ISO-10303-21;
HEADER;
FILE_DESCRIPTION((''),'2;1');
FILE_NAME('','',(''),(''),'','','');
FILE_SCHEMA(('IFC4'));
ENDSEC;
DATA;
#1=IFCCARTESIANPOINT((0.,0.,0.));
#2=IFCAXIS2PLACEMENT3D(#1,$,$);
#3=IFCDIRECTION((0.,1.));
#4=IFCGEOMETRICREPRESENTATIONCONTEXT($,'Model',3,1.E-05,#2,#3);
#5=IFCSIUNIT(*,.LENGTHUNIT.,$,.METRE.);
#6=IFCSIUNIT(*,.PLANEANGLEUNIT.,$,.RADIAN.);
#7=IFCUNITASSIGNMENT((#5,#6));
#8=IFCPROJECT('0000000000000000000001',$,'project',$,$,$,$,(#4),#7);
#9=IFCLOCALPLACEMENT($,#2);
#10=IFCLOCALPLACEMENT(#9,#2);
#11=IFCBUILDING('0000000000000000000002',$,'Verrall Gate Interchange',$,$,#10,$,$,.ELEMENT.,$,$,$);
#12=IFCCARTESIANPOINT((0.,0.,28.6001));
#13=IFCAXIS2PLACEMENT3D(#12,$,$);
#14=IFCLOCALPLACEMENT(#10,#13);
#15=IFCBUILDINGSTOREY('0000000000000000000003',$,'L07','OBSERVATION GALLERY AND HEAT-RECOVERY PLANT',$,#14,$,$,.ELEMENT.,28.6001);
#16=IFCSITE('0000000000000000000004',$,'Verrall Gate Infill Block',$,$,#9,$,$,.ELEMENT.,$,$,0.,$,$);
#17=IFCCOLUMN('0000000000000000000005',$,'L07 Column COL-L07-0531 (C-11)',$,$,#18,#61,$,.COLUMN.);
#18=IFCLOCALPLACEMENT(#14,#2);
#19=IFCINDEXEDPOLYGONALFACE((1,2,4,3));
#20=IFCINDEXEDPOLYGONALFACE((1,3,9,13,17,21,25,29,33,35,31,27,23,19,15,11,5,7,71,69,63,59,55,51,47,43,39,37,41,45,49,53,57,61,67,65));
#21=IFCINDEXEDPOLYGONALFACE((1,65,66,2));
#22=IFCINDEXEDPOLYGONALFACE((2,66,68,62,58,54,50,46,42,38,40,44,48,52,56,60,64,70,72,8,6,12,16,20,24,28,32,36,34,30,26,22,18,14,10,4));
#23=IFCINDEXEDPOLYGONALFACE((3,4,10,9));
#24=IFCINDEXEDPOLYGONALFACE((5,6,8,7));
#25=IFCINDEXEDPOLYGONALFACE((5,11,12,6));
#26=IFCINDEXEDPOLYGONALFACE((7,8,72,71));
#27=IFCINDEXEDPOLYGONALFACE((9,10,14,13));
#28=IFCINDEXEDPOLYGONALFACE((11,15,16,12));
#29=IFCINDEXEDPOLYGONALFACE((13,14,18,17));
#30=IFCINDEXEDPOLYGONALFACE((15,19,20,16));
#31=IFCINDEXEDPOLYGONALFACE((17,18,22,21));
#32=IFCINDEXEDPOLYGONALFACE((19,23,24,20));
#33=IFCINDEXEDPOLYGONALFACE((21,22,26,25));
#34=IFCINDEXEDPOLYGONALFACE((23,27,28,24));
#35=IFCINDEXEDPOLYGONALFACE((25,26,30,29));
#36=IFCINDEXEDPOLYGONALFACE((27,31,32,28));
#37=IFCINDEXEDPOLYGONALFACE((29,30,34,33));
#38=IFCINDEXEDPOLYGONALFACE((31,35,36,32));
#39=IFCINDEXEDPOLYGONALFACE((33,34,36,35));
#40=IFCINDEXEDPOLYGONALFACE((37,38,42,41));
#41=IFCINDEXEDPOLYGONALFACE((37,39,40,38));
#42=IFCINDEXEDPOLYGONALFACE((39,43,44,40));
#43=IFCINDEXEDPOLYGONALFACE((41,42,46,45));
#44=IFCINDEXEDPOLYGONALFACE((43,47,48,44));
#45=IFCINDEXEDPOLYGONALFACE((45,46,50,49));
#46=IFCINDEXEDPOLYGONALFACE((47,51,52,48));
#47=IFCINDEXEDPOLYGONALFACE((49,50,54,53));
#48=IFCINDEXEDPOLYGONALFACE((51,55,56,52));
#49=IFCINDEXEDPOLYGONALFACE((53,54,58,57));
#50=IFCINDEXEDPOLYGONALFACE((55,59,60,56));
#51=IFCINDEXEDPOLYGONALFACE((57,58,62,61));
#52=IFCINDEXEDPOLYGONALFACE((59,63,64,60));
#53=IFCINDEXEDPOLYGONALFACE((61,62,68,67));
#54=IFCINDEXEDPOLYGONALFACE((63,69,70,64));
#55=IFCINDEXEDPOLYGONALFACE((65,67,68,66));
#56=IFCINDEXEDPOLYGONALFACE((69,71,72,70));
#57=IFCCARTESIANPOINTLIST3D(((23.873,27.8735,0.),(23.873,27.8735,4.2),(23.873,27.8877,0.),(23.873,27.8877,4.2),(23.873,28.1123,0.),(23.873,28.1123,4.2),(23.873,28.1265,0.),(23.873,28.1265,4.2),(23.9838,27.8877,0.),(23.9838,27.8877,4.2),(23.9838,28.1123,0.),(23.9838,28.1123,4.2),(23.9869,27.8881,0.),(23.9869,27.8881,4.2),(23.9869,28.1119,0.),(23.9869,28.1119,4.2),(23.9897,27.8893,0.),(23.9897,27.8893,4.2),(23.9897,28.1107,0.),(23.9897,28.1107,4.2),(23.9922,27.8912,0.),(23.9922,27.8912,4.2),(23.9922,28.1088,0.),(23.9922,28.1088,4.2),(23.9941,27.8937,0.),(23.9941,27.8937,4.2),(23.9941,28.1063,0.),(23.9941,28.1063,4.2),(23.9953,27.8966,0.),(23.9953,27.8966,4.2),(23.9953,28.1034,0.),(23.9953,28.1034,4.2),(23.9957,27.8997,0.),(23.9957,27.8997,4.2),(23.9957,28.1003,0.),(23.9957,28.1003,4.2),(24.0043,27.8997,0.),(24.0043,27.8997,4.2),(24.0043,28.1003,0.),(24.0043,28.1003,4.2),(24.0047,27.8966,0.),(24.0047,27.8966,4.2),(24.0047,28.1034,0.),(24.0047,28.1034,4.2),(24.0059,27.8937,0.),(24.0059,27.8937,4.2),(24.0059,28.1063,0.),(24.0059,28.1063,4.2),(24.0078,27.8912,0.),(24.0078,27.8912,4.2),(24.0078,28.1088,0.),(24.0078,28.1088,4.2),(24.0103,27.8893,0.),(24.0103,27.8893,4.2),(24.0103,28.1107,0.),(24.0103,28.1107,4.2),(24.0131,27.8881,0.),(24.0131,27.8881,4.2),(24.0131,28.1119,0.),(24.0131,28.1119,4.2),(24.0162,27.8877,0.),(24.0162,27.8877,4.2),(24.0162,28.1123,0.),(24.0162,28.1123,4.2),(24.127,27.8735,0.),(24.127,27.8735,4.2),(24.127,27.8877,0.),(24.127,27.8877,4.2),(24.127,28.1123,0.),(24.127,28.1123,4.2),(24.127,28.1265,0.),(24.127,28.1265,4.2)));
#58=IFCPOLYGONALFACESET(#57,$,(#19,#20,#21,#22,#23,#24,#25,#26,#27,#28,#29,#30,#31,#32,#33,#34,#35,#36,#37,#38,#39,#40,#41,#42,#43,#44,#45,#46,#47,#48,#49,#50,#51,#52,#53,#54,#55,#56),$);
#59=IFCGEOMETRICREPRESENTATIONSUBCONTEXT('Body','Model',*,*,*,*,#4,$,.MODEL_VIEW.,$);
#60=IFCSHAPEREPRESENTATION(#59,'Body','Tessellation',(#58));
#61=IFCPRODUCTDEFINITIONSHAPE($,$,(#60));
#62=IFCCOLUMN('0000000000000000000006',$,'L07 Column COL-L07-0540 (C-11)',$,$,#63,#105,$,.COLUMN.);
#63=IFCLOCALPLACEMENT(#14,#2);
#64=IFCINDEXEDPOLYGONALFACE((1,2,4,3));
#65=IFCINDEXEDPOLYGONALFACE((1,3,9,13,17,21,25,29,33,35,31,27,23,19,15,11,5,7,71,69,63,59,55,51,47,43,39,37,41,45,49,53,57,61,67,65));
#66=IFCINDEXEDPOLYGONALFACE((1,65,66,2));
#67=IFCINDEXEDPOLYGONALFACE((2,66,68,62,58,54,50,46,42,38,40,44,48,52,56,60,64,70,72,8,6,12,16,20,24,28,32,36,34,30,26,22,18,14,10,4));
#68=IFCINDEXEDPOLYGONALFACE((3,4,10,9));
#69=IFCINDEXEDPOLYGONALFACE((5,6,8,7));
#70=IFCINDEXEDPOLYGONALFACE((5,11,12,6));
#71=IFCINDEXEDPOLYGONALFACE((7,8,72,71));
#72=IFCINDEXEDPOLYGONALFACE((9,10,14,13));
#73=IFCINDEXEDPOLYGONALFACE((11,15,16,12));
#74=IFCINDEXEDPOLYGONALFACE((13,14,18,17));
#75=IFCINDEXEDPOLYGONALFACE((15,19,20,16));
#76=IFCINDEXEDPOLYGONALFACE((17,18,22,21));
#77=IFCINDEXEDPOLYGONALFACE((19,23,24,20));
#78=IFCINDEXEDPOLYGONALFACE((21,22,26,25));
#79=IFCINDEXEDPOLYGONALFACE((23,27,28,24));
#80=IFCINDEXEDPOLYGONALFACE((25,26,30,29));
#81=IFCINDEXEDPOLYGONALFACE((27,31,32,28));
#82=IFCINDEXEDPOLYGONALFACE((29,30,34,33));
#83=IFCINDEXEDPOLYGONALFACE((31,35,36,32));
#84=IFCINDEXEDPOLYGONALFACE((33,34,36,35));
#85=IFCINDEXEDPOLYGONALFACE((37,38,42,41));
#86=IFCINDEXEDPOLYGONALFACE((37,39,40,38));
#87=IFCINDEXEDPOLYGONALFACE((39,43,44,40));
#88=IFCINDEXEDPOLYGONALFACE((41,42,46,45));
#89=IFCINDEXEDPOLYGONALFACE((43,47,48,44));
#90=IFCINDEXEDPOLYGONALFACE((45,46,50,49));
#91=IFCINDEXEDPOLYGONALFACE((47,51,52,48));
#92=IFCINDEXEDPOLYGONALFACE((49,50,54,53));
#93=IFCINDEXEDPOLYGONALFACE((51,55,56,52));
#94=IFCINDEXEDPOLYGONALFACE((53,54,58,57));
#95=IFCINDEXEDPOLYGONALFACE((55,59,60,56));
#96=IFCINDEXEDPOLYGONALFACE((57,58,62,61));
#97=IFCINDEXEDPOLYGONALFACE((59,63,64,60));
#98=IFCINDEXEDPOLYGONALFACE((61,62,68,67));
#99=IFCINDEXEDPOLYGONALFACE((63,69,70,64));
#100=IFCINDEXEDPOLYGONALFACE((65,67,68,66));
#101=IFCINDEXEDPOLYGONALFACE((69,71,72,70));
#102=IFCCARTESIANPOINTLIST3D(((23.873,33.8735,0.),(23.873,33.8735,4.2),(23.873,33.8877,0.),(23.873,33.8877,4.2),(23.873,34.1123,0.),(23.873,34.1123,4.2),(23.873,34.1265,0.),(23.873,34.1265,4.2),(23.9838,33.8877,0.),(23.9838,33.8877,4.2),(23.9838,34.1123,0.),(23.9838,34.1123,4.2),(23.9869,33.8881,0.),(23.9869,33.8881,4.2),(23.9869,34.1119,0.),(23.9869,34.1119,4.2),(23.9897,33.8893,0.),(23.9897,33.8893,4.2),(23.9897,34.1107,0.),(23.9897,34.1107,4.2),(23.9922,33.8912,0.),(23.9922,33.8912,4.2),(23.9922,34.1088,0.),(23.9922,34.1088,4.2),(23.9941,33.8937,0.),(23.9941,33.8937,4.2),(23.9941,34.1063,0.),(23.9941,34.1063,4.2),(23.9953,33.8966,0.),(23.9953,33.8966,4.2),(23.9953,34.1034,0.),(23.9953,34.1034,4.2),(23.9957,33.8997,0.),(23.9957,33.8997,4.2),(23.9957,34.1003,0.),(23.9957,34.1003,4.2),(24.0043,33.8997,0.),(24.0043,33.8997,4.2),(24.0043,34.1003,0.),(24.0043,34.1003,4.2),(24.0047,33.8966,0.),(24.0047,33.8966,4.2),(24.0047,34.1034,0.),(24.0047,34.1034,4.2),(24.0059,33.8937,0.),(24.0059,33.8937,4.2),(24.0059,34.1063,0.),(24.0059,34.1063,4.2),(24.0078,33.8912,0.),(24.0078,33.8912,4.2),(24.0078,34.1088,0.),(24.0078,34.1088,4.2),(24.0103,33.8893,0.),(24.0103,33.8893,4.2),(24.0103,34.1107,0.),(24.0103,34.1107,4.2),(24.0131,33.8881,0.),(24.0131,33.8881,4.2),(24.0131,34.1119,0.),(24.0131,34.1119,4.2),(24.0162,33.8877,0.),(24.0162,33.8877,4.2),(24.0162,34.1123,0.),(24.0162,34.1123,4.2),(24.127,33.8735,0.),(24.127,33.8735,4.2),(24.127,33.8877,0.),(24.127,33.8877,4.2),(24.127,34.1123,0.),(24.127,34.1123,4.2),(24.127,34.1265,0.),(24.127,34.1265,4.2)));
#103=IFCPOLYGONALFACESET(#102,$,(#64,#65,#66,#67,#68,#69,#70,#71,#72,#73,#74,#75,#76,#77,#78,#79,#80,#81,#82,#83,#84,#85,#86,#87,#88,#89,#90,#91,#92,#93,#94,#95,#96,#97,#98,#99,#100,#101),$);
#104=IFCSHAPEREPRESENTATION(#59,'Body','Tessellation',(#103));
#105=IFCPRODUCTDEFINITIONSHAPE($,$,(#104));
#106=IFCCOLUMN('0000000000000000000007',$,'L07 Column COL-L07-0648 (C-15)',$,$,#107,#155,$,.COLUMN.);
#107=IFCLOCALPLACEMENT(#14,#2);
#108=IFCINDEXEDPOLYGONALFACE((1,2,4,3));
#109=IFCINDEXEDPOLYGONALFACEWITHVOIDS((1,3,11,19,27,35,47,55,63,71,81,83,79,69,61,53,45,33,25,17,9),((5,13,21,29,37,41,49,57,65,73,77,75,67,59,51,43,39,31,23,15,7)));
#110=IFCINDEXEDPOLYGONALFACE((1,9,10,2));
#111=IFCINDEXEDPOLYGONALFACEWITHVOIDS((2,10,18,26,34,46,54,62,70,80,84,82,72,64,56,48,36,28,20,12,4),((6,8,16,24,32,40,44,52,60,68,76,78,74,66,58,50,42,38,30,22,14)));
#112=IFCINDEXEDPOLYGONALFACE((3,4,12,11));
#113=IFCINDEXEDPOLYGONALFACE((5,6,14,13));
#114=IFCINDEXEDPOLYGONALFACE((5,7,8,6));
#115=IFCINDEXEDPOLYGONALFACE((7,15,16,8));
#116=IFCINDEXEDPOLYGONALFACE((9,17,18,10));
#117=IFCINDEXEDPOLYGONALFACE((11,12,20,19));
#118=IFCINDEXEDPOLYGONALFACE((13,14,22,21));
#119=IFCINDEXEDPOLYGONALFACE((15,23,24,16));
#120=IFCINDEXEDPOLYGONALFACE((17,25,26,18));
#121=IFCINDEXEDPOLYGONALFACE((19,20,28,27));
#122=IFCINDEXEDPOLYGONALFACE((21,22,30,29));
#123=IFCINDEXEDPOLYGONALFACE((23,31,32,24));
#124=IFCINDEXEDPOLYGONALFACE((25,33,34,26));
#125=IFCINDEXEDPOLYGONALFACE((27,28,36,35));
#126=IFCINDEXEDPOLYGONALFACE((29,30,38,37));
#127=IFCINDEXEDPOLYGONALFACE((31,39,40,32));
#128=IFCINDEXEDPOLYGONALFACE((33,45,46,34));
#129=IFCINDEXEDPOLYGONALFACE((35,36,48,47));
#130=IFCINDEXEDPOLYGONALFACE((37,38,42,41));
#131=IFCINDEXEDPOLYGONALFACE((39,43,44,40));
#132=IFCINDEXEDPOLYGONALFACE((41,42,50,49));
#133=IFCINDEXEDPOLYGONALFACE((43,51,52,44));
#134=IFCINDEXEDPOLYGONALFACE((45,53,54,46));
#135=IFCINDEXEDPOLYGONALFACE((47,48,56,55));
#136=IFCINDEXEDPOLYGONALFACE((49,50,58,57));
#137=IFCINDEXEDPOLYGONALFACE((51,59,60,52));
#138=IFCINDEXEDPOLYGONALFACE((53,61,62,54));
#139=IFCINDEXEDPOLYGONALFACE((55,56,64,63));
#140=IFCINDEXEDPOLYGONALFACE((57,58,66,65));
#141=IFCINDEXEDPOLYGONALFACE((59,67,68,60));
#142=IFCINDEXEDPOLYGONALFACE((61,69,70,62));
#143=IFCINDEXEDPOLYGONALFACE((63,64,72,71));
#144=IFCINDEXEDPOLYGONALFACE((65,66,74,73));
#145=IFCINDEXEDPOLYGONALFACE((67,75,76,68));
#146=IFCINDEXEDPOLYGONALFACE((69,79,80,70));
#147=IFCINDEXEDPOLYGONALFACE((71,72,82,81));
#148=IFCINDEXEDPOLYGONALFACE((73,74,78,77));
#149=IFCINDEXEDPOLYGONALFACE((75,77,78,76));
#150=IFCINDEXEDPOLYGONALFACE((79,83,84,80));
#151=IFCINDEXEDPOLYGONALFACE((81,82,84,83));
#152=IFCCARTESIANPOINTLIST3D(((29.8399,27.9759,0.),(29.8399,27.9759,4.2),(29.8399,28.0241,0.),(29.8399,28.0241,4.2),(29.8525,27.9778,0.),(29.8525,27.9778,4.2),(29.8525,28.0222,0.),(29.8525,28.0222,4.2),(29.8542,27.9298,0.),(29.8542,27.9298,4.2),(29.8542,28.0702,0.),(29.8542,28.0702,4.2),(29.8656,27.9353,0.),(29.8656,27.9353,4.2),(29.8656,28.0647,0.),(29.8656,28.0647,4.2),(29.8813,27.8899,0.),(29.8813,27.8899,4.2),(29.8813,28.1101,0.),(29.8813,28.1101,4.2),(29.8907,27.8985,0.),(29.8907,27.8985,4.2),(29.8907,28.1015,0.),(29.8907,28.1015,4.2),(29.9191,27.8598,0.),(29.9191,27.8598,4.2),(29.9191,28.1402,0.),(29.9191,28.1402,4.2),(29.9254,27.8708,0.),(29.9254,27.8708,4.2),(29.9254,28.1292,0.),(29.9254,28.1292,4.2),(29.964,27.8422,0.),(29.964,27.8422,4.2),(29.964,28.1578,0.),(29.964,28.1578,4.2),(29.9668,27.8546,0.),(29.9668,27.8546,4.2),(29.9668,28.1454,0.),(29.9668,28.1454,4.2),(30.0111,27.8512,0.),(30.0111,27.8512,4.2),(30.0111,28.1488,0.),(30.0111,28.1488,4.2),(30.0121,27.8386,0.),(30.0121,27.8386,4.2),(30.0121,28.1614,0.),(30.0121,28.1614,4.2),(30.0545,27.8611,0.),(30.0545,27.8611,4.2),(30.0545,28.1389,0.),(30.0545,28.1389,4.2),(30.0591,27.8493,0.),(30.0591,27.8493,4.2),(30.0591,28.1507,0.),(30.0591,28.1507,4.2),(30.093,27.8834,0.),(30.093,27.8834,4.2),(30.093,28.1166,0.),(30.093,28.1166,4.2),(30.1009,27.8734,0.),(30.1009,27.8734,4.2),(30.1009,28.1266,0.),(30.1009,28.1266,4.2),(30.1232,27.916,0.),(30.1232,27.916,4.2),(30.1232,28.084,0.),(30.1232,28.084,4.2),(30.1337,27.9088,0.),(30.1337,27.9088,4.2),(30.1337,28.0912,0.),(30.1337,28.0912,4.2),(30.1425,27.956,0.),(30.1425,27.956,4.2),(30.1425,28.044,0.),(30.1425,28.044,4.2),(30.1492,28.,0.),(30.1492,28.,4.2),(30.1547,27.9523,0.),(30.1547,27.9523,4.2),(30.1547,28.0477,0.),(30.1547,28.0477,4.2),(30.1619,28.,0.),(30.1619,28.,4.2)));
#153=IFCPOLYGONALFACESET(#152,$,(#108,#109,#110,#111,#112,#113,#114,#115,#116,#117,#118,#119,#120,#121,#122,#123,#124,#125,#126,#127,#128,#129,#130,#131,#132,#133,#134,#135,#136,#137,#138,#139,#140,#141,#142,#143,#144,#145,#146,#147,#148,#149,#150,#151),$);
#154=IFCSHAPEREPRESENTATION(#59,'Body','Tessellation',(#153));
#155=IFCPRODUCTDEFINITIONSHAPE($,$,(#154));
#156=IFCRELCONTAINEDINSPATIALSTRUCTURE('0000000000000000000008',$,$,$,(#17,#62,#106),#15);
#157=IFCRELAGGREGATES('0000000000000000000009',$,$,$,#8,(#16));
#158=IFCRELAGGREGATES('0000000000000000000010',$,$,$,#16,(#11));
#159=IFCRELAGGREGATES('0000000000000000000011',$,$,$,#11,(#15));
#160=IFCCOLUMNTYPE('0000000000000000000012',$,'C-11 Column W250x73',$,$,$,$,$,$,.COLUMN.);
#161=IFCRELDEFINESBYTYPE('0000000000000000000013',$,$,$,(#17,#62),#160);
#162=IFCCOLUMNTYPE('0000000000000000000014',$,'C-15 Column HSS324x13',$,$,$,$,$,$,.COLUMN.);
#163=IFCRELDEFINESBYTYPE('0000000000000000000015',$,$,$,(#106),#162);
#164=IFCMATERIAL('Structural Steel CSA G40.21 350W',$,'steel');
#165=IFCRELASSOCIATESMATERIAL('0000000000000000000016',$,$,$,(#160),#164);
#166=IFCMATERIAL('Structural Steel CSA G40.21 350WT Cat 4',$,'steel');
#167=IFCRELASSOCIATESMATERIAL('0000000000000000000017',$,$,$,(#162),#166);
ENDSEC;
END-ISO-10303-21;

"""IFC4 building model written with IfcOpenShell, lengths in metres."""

from ifc_helpers import new_model, si_unit, direction, frame, origin, origin_2d, place, context, subcontext, project, spatial, hollow_circle, i_section, extrude, material, material_profile, profile_set, type_object, element, save


model = new_model("IFC4")

# Units and contexts
model_context = context("Model", 3, precision=1e-05, world=origin(), true_north=direction((0.0, 1.0)))
body_context = subcontext(model_context, "Body", "Model", "MODEL_VIEW")
ifc_project = project(units=[si_unit("LENGTHUNIT", "METRE"), si_unit("PLANEANGLEUNIT", "RADIAN")], contexts=[model_context])

# Site, building, storey
site_placement = place(None, origin())
site = spatial("IfcSite", under=ifc_project, at=site_placement, Name="Verrall Gate Infill Block", CompositionType="ELEMENT", RefElevation=0.0)
building_placement = place(site_placement, origin())
building = spatial("IfcBuilding", under=site, at=building_placement, Name="Verrall Gate Interchange", CompositionType="ELEMENT")
storey_placement = place(building_placement, frame((0.0, 0.0, 28.6001)))
storey = spatial("IfcBuildingStorey", under=building, at=storey_placement, Name="L07", Description="OBSERVATION GALLERY AND HEAT-RECOVERY PLANT", CompositionType="ELEMENT", Elevation=28.6001)

# Columns
ifc_material_1 = material(Name="Structural Steel CSA G40.21 350W", Category="steel")
ifc_material_profile_1 = material_profile(ifc_material_1, i_section(OverallWidth=0.2539, OverallDepth=0.2529, WebThickness=0.0085, FlangeThickness=0.0142, FilletRadius=0.012, at=origin_2d()), Name="W250x73")
ifc_profile_set_1 = profile_set([ifc_material_profile_1], Name="Structural Steel CSA G40.21 350W")
column_type_1 = type_object("IfcColumnType", Name="C-11 Column W250x73", PredefinedType="COLUMN", material=ifc_profile_set_1)
for number, where, z_axis, x_axis, name in (
    (1, (24.0, 28.0, 0.0), (0.0, 0.0, 1.0), (1.0, 0.0, 0.0), "L07 Column COL-L07-0531 (C-11)"),
    (2, (24.0, 34.0, 0.0), (0.0, 0.0, 1.0), (1.0, 0.0, 0.0), "L07 Column COL-L07-0540 (C-11)"),
):
    element("IfcColumn", number, at=place(storey_placement, frame(where, z_axis=z_axis, x_axis=x_axis)), inside=storey, type_object=column_type_1, Name=name, PredefinedType="COLUMN", context=body_context, shape_type="SweptSolid", body=[
        extrude(i_section(OverallWidth=0.2539, OverallDepth=0.2529, WebThickness=0.0085, FlangeThickness=0.0142, FilletRadius=0.012, at=origin_2d()), origin(), (0.0, 0.0, 1.0), 4.2),
    ])
ifc_material_2 = material(Name="Structural Steel CSA G40.21 350WT Cat 4", Category="steel")
ifc_material_profile_2 = material_profile(ifc_material_2, hollow_circle(Radius=0.1619, WallThickness=0.0127, at=origin_2d()), Name="HSS324x13")
ifc_profile_set_2 = profile_set([ifc_material_profile_2], Name="Structural Steel CSA G40.21 350WT Cat 4")
column_type_2 = type_object("IfcColumnType", Name="C-15 Column HSS324x13", PredefinedType="COLUMN", material=ifc_profile_set_2)
column_placement = place(storey_placement, frame((30.0, 28.0, 0.0), z_axis=(0.0, 0.0, 1.0), x_axis=(1.0, 0.0, 0.0)))
element("IfcColumn", 3, at=column_placement, inside=storey, type_object=column_type_2, Name="L07 Column COL-L07-0648 (C-15)", PredefinedType="COLUMN", context=body_context, shape_type="SweptSolid", body=[
    extrude(hollow_circle(Radius=0.1619, WallThickness=0.0127, at=origin_2d()), origin(), (0.0, 0.0, 1.0), 4.2),
])

save(model, "model.ifc")
